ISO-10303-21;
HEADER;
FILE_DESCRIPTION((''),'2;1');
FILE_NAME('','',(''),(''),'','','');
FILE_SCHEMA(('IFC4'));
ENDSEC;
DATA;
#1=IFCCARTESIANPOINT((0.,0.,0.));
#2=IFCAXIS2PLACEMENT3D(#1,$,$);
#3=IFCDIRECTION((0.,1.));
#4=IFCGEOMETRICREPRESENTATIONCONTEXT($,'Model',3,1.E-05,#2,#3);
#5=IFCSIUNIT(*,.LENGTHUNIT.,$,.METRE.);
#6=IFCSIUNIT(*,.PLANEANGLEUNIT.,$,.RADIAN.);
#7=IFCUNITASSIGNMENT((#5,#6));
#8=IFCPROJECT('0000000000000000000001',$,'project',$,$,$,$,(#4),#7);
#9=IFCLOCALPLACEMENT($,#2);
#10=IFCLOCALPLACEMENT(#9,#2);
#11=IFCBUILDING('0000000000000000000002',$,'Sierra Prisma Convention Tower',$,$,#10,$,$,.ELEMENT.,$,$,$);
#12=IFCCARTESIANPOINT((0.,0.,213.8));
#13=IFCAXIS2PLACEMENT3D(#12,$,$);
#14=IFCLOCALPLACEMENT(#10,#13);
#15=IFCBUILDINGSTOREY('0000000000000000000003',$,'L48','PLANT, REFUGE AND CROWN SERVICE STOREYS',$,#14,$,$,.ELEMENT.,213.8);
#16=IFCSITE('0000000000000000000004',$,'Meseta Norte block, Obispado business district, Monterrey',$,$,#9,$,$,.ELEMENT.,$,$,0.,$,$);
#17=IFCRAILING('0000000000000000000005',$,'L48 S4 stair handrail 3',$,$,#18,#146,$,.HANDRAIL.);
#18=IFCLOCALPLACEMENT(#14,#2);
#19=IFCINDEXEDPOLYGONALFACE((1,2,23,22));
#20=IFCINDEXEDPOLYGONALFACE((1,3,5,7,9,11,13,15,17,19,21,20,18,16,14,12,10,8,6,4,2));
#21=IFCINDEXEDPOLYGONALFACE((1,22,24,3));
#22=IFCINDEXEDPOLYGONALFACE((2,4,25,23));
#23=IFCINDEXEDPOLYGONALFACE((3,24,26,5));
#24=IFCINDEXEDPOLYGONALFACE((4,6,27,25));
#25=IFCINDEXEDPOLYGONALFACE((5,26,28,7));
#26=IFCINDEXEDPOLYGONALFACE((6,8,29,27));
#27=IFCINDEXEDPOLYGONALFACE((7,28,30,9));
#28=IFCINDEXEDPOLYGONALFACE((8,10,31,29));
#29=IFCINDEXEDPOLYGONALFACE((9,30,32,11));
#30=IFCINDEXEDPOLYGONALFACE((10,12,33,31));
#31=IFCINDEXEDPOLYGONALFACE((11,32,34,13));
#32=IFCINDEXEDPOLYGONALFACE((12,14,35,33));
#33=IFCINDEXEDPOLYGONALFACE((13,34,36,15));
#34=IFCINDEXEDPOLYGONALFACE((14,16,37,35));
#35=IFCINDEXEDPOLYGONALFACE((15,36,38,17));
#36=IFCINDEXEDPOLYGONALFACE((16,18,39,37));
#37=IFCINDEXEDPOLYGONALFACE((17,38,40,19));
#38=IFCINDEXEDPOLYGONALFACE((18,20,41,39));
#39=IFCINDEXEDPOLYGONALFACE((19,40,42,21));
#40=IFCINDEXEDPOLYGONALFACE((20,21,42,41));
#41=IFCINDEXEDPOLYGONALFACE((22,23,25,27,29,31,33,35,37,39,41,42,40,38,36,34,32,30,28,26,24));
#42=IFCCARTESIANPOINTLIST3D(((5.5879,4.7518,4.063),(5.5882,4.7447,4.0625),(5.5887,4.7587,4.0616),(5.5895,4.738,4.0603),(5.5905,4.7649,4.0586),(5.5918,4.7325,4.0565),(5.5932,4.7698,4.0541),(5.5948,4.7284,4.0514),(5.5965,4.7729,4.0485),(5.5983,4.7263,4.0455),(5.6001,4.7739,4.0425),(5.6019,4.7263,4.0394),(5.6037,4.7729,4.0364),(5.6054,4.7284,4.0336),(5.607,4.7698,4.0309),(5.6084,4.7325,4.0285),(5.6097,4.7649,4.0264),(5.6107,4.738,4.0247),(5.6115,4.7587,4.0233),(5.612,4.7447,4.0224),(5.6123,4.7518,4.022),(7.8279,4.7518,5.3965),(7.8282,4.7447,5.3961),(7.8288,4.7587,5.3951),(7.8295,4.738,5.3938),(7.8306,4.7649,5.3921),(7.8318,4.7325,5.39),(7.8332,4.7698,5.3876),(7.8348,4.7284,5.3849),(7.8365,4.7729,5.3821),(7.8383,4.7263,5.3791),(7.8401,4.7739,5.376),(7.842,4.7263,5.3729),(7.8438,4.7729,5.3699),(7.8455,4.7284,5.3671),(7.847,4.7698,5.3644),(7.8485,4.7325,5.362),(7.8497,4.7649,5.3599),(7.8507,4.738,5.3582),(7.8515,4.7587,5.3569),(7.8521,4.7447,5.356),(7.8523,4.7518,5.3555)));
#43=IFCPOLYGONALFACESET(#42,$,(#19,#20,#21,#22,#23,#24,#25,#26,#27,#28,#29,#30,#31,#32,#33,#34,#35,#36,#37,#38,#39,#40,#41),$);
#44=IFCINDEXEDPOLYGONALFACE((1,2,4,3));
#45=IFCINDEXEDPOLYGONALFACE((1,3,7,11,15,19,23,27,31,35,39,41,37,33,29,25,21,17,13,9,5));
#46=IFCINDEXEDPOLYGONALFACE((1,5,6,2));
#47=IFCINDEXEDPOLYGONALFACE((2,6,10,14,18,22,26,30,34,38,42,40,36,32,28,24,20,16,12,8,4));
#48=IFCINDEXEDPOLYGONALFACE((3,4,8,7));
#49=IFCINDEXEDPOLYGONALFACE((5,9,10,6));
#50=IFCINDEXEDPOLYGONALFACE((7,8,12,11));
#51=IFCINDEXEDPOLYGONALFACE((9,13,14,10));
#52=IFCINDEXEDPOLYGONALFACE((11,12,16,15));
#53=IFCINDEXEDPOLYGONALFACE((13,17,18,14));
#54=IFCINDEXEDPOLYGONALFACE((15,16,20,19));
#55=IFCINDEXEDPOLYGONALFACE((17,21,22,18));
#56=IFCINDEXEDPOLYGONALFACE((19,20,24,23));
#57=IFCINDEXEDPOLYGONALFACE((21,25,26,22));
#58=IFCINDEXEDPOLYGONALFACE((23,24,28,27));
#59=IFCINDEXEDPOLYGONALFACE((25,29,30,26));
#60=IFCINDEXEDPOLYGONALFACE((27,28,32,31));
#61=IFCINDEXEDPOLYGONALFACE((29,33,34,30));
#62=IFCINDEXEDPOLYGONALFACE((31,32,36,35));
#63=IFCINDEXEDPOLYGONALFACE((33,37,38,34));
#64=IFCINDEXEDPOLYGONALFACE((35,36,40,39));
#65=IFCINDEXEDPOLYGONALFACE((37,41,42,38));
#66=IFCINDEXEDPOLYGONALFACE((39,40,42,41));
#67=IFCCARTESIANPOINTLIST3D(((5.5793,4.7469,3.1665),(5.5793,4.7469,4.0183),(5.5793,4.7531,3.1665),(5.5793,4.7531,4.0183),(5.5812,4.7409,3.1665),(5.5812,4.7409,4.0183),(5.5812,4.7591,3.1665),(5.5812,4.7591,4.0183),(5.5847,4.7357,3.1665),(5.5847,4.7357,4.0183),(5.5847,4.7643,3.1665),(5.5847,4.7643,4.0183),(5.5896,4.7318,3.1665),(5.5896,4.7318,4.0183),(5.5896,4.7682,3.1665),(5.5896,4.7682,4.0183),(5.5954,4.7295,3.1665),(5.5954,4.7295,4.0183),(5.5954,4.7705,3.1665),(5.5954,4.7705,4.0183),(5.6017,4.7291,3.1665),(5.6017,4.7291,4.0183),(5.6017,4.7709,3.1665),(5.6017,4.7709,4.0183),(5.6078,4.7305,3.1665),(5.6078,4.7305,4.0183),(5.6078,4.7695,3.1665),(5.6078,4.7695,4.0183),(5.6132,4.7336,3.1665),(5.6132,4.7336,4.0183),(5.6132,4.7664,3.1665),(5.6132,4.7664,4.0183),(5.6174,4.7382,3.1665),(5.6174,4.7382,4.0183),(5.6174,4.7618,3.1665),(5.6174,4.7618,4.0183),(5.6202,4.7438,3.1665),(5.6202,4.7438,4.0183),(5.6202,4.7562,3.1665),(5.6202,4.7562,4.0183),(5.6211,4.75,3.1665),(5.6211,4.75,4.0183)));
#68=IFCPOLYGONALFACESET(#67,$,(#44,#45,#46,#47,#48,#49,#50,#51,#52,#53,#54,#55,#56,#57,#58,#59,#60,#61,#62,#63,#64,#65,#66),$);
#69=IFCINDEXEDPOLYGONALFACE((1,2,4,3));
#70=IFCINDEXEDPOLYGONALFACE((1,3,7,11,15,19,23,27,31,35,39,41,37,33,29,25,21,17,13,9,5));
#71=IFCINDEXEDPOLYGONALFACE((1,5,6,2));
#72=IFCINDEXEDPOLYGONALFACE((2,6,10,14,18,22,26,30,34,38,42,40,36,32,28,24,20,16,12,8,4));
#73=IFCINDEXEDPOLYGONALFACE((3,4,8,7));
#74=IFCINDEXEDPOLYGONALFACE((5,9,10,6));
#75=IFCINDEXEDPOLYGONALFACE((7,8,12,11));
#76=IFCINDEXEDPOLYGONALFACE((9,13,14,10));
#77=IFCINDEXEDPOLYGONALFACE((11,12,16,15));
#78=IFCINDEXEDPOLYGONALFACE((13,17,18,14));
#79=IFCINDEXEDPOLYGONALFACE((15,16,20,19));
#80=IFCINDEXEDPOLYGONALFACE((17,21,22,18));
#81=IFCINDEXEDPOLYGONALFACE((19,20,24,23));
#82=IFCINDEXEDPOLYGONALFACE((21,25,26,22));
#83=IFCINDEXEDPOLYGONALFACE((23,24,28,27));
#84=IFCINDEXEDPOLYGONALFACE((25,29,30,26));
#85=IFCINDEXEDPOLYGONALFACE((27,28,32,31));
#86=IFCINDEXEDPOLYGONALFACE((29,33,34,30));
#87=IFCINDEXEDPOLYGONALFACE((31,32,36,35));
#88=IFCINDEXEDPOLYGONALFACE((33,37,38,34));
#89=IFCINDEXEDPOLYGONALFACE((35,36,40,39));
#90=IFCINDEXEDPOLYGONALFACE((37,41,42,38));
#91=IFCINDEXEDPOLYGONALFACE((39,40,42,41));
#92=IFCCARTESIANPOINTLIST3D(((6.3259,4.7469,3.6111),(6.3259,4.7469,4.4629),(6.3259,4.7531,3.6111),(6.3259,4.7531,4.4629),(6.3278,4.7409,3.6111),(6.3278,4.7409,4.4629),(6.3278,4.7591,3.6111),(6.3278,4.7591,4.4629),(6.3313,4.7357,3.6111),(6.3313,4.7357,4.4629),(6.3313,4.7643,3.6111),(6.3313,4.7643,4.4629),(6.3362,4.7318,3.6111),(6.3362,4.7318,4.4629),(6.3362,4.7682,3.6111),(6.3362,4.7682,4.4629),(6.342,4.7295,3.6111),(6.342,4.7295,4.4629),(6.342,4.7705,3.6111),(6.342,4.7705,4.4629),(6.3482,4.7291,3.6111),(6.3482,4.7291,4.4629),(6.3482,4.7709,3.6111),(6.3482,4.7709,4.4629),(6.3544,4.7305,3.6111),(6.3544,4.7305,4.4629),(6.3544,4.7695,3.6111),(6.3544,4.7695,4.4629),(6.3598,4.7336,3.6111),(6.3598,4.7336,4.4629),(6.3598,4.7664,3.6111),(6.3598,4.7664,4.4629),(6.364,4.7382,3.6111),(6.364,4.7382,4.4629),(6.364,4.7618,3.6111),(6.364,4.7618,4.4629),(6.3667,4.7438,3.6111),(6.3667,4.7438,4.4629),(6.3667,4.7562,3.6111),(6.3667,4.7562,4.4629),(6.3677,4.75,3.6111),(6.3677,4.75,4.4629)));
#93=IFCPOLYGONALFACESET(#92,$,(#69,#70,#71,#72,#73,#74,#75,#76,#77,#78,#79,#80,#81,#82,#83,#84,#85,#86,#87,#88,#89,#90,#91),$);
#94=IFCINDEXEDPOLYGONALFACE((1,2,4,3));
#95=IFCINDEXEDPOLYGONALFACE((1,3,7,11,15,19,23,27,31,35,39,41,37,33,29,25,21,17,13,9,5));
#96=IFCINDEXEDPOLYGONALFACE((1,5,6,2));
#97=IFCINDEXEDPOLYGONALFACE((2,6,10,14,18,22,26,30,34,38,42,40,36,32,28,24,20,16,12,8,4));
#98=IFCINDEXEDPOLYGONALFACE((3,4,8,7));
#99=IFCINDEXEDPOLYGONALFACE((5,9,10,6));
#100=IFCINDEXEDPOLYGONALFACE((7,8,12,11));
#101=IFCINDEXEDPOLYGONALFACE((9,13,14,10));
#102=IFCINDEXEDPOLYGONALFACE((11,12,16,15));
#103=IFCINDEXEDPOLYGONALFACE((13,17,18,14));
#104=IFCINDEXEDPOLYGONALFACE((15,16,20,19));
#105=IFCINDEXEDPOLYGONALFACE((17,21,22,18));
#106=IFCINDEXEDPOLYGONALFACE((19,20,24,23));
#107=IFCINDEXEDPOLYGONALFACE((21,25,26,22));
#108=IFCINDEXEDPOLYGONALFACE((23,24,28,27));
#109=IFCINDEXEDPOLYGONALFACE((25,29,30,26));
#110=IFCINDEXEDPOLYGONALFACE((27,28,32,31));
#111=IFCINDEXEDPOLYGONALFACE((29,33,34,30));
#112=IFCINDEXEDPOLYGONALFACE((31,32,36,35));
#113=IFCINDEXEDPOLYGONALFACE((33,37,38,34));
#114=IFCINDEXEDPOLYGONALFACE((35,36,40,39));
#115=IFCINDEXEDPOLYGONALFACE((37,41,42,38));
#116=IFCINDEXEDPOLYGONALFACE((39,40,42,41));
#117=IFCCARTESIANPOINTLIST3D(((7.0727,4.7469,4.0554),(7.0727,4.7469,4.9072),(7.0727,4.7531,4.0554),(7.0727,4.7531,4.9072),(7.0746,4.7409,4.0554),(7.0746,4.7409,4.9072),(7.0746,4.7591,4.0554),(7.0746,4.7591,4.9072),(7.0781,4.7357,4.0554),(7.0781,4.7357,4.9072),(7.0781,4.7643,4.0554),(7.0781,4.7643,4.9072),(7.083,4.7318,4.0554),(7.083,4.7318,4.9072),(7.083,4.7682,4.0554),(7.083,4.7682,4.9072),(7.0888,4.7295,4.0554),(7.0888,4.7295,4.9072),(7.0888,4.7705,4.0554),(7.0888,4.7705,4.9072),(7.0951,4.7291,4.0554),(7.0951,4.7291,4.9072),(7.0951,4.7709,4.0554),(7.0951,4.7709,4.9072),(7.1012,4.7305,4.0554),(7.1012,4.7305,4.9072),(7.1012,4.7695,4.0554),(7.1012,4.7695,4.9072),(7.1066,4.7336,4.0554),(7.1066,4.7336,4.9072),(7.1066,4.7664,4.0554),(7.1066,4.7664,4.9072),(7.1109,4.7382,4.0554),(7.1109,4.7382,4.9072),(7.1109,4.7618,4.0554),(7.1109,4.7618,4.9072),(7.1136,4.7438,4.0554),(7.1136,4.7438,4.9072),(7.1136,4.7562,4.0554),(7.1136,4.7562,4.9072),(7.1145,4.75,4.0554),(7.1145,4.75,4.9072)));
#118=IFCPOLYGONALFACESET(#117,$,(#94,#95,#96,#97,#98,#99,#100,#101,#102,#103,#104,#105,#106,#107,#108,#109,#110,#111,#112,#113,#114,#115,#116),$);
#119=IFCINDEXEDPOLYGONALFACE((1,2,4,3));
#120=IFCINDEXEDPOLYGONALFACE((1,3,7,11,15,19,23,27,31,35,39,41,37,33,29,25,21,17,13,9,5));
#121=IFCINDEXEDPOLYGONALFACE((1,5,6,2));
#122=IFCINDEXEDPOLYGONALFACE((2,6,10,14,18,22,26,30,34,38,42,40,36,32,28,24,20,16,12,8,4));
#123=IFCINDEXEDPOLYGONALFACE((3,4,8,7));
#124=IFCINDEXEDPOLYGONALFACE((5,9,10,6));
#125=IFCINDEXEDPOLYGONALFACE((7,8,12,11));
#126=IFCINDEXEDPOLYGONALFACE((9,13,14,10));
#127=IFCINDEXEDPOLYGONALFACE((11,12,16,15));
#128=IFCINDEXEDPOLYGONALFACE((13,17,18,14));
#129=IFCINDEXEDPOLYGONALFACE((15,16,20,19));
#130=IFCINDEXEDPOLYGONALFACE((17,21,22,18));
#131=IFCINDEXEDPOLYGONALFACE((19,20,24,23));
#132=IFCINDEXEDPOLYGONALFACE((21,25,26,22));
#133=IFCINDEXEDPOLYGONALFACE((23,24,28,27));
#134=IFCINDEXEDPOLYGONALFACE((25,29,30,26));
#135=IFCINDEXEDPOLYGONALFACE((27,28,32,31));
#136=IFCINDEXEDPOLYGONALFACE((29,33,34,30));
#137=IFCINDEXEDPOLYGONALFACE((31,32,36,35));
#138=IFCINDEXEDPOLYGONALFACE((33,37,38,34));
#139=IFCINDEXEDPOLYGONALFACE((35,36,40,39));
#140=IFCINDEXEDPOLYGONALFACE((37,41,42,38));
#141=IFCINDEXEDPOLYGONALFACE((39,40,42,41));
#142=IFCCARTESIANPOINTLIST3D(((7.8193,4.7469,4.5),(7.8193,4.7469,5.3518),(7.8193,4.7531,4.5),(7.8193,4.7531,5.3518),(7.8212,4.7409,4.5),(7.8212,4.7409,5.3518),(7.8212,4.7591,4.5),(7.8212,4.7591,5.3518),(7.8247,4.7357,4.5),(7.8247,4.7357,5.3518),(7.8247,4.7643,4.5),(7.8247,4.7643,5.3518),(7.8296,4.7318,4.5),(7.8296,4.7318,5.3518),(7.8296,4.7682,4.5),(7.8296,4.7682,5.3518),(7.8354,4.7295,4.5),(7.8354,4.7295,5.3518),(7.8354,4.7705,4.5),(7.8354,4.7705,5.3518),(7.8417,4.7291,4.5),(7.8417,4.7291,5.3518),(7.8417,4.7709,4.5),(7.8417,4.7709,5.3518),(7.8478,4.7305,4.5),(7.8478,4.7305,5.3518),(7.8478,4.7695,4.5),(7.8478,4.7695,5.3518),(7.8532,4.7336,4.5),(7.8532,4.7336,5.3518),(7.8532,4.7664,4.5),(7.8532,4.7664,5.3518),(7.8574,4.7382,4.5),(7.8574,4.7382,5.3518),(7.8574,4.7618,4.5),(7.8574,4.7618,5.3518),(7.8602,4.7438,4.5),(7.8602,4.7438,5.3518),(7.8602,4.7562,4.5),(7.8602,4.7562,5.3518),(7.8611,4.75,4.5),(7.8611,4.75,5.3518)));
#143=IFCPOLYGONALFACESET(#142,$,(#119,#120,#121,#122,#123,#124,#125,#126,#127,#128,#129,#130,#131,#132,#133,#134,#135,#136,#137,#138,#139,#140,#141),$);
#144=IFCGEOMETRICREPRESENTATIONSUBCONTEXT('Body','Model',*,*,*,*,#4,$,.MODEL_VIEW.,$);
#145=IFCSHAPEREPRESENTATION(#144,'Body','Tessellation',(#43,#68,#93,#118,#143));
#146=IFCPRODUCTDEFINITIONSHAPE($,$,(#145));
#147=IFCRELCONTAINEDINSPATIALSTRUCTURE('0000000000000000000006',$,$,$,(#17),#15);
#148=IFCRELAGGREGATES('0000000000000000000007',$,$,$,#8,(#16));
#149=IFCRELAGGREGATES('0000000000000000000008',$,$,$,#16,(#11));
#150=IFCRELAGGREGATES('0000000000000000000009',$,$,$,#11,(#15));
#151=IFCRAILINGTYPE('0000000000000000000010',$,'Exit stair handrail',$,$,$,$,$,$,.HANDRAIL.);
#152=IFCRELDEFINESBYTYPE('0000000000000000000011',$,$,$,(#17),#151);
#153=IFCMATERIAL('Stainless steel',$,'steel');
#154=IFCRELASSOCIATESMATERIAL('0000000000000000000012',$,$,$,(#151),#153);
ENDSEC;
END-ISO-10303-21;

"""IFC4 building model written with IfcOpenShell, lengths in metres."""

from ifc_helpers import new_model, si_unit, direction, frame, origin, origin_2d, place, context, subcontext, project, spatial, circle, extrude, material, type_object, element, save


model = new_model("IFC4")

# Units and contexts
model_context = context("Model", 3, precision=1e-05, world=origin(), true_north=direction((0.0, 1.0)))
body_context = subcontext(model_context, "Body", "Model", "MODEL_VIEW")
ifc_project = project(units=[si_unit("LENGTHUNIT", "METRE"), si_unit("PLANEANGLEUNIT", "RADIAN")], contexts=[model_context])

# Site, building, storey
site_placement = place(None, origin())
site = spatial("IfcSite", under=ifc_project, at=site_placement, Name="Meseta Norte block, Obispado business district, Monterrey", CompositionType="ELEMENT", RefElevation=0.0)
building_placement = place(site_placement, origin())
building = spatial("IfcBuilding", under=site, at=building_placement, Name="Sierra Prisma Convention Tower", CompositionType="ELEMENT")
storey_placement = place(building_placement, frame((0.0, 0.0, 213.8)))
storey = spatial("IfcBuildingStorey", under=building, at=storey_placement, Name="L48", Description="PLANT, REFUGE AND CROWN SERVICE STOREYS", CompositionType="ELEMENT", Elevation=213.8)

# Railing
ifc_material_1 = material(Name="Stainless steel", Category="steel")
railing_type_1 = type_object("IfcRailingType", Name="Exit stair handrail", PredefinedType="HANDRAIL", material=ifc_material_1)
for number, where, name in (
    (1, (5.6001, 4.75, 3.1665), "L48 S4 stair handrail 3"),
):
    element("IfcRailing", number, at=place(storey_placement, frame(where)), inside=storey, type_object=railing_type_1, Name=name, PredefinedType="HANDRAIL", context=body_context, shape_type="SweptSolid", body=[
        extrude(circle(Radius=0.0239, at=origin_2d()), frame((0.0, 0.0, 0.876), z_axis=(0.859264, 0.0, 0.511532), x_axis=(0.0, 1.0, 0.0)), (0.0, 0.0, 1.0), 2.6069),
        extrude(circle(Radius=0.021, at=origin_2d()), origin(), (0.0, 0.0, 1.0), 0.8518),
        extrude(circle(Radius=0.021, at=origin_2d()), frame((0.7466, 0.0, 0.4446)), (0.0, 0.0, 1.0), 0.8518),
        extrude(circle(Radius=0.021, at=origin_2d()), frame((1.4934, 0.0, 0.8889)), (0.0, 0.0, 1.0), 0.8518),
        extrude(circle(Radius=0.021, at=origin_2d()), frame((2.24, 0.0, 1.3335)), (0.0, 0.0, 1.0), 0.8518),
    ])

save(model, "model.ifc")
